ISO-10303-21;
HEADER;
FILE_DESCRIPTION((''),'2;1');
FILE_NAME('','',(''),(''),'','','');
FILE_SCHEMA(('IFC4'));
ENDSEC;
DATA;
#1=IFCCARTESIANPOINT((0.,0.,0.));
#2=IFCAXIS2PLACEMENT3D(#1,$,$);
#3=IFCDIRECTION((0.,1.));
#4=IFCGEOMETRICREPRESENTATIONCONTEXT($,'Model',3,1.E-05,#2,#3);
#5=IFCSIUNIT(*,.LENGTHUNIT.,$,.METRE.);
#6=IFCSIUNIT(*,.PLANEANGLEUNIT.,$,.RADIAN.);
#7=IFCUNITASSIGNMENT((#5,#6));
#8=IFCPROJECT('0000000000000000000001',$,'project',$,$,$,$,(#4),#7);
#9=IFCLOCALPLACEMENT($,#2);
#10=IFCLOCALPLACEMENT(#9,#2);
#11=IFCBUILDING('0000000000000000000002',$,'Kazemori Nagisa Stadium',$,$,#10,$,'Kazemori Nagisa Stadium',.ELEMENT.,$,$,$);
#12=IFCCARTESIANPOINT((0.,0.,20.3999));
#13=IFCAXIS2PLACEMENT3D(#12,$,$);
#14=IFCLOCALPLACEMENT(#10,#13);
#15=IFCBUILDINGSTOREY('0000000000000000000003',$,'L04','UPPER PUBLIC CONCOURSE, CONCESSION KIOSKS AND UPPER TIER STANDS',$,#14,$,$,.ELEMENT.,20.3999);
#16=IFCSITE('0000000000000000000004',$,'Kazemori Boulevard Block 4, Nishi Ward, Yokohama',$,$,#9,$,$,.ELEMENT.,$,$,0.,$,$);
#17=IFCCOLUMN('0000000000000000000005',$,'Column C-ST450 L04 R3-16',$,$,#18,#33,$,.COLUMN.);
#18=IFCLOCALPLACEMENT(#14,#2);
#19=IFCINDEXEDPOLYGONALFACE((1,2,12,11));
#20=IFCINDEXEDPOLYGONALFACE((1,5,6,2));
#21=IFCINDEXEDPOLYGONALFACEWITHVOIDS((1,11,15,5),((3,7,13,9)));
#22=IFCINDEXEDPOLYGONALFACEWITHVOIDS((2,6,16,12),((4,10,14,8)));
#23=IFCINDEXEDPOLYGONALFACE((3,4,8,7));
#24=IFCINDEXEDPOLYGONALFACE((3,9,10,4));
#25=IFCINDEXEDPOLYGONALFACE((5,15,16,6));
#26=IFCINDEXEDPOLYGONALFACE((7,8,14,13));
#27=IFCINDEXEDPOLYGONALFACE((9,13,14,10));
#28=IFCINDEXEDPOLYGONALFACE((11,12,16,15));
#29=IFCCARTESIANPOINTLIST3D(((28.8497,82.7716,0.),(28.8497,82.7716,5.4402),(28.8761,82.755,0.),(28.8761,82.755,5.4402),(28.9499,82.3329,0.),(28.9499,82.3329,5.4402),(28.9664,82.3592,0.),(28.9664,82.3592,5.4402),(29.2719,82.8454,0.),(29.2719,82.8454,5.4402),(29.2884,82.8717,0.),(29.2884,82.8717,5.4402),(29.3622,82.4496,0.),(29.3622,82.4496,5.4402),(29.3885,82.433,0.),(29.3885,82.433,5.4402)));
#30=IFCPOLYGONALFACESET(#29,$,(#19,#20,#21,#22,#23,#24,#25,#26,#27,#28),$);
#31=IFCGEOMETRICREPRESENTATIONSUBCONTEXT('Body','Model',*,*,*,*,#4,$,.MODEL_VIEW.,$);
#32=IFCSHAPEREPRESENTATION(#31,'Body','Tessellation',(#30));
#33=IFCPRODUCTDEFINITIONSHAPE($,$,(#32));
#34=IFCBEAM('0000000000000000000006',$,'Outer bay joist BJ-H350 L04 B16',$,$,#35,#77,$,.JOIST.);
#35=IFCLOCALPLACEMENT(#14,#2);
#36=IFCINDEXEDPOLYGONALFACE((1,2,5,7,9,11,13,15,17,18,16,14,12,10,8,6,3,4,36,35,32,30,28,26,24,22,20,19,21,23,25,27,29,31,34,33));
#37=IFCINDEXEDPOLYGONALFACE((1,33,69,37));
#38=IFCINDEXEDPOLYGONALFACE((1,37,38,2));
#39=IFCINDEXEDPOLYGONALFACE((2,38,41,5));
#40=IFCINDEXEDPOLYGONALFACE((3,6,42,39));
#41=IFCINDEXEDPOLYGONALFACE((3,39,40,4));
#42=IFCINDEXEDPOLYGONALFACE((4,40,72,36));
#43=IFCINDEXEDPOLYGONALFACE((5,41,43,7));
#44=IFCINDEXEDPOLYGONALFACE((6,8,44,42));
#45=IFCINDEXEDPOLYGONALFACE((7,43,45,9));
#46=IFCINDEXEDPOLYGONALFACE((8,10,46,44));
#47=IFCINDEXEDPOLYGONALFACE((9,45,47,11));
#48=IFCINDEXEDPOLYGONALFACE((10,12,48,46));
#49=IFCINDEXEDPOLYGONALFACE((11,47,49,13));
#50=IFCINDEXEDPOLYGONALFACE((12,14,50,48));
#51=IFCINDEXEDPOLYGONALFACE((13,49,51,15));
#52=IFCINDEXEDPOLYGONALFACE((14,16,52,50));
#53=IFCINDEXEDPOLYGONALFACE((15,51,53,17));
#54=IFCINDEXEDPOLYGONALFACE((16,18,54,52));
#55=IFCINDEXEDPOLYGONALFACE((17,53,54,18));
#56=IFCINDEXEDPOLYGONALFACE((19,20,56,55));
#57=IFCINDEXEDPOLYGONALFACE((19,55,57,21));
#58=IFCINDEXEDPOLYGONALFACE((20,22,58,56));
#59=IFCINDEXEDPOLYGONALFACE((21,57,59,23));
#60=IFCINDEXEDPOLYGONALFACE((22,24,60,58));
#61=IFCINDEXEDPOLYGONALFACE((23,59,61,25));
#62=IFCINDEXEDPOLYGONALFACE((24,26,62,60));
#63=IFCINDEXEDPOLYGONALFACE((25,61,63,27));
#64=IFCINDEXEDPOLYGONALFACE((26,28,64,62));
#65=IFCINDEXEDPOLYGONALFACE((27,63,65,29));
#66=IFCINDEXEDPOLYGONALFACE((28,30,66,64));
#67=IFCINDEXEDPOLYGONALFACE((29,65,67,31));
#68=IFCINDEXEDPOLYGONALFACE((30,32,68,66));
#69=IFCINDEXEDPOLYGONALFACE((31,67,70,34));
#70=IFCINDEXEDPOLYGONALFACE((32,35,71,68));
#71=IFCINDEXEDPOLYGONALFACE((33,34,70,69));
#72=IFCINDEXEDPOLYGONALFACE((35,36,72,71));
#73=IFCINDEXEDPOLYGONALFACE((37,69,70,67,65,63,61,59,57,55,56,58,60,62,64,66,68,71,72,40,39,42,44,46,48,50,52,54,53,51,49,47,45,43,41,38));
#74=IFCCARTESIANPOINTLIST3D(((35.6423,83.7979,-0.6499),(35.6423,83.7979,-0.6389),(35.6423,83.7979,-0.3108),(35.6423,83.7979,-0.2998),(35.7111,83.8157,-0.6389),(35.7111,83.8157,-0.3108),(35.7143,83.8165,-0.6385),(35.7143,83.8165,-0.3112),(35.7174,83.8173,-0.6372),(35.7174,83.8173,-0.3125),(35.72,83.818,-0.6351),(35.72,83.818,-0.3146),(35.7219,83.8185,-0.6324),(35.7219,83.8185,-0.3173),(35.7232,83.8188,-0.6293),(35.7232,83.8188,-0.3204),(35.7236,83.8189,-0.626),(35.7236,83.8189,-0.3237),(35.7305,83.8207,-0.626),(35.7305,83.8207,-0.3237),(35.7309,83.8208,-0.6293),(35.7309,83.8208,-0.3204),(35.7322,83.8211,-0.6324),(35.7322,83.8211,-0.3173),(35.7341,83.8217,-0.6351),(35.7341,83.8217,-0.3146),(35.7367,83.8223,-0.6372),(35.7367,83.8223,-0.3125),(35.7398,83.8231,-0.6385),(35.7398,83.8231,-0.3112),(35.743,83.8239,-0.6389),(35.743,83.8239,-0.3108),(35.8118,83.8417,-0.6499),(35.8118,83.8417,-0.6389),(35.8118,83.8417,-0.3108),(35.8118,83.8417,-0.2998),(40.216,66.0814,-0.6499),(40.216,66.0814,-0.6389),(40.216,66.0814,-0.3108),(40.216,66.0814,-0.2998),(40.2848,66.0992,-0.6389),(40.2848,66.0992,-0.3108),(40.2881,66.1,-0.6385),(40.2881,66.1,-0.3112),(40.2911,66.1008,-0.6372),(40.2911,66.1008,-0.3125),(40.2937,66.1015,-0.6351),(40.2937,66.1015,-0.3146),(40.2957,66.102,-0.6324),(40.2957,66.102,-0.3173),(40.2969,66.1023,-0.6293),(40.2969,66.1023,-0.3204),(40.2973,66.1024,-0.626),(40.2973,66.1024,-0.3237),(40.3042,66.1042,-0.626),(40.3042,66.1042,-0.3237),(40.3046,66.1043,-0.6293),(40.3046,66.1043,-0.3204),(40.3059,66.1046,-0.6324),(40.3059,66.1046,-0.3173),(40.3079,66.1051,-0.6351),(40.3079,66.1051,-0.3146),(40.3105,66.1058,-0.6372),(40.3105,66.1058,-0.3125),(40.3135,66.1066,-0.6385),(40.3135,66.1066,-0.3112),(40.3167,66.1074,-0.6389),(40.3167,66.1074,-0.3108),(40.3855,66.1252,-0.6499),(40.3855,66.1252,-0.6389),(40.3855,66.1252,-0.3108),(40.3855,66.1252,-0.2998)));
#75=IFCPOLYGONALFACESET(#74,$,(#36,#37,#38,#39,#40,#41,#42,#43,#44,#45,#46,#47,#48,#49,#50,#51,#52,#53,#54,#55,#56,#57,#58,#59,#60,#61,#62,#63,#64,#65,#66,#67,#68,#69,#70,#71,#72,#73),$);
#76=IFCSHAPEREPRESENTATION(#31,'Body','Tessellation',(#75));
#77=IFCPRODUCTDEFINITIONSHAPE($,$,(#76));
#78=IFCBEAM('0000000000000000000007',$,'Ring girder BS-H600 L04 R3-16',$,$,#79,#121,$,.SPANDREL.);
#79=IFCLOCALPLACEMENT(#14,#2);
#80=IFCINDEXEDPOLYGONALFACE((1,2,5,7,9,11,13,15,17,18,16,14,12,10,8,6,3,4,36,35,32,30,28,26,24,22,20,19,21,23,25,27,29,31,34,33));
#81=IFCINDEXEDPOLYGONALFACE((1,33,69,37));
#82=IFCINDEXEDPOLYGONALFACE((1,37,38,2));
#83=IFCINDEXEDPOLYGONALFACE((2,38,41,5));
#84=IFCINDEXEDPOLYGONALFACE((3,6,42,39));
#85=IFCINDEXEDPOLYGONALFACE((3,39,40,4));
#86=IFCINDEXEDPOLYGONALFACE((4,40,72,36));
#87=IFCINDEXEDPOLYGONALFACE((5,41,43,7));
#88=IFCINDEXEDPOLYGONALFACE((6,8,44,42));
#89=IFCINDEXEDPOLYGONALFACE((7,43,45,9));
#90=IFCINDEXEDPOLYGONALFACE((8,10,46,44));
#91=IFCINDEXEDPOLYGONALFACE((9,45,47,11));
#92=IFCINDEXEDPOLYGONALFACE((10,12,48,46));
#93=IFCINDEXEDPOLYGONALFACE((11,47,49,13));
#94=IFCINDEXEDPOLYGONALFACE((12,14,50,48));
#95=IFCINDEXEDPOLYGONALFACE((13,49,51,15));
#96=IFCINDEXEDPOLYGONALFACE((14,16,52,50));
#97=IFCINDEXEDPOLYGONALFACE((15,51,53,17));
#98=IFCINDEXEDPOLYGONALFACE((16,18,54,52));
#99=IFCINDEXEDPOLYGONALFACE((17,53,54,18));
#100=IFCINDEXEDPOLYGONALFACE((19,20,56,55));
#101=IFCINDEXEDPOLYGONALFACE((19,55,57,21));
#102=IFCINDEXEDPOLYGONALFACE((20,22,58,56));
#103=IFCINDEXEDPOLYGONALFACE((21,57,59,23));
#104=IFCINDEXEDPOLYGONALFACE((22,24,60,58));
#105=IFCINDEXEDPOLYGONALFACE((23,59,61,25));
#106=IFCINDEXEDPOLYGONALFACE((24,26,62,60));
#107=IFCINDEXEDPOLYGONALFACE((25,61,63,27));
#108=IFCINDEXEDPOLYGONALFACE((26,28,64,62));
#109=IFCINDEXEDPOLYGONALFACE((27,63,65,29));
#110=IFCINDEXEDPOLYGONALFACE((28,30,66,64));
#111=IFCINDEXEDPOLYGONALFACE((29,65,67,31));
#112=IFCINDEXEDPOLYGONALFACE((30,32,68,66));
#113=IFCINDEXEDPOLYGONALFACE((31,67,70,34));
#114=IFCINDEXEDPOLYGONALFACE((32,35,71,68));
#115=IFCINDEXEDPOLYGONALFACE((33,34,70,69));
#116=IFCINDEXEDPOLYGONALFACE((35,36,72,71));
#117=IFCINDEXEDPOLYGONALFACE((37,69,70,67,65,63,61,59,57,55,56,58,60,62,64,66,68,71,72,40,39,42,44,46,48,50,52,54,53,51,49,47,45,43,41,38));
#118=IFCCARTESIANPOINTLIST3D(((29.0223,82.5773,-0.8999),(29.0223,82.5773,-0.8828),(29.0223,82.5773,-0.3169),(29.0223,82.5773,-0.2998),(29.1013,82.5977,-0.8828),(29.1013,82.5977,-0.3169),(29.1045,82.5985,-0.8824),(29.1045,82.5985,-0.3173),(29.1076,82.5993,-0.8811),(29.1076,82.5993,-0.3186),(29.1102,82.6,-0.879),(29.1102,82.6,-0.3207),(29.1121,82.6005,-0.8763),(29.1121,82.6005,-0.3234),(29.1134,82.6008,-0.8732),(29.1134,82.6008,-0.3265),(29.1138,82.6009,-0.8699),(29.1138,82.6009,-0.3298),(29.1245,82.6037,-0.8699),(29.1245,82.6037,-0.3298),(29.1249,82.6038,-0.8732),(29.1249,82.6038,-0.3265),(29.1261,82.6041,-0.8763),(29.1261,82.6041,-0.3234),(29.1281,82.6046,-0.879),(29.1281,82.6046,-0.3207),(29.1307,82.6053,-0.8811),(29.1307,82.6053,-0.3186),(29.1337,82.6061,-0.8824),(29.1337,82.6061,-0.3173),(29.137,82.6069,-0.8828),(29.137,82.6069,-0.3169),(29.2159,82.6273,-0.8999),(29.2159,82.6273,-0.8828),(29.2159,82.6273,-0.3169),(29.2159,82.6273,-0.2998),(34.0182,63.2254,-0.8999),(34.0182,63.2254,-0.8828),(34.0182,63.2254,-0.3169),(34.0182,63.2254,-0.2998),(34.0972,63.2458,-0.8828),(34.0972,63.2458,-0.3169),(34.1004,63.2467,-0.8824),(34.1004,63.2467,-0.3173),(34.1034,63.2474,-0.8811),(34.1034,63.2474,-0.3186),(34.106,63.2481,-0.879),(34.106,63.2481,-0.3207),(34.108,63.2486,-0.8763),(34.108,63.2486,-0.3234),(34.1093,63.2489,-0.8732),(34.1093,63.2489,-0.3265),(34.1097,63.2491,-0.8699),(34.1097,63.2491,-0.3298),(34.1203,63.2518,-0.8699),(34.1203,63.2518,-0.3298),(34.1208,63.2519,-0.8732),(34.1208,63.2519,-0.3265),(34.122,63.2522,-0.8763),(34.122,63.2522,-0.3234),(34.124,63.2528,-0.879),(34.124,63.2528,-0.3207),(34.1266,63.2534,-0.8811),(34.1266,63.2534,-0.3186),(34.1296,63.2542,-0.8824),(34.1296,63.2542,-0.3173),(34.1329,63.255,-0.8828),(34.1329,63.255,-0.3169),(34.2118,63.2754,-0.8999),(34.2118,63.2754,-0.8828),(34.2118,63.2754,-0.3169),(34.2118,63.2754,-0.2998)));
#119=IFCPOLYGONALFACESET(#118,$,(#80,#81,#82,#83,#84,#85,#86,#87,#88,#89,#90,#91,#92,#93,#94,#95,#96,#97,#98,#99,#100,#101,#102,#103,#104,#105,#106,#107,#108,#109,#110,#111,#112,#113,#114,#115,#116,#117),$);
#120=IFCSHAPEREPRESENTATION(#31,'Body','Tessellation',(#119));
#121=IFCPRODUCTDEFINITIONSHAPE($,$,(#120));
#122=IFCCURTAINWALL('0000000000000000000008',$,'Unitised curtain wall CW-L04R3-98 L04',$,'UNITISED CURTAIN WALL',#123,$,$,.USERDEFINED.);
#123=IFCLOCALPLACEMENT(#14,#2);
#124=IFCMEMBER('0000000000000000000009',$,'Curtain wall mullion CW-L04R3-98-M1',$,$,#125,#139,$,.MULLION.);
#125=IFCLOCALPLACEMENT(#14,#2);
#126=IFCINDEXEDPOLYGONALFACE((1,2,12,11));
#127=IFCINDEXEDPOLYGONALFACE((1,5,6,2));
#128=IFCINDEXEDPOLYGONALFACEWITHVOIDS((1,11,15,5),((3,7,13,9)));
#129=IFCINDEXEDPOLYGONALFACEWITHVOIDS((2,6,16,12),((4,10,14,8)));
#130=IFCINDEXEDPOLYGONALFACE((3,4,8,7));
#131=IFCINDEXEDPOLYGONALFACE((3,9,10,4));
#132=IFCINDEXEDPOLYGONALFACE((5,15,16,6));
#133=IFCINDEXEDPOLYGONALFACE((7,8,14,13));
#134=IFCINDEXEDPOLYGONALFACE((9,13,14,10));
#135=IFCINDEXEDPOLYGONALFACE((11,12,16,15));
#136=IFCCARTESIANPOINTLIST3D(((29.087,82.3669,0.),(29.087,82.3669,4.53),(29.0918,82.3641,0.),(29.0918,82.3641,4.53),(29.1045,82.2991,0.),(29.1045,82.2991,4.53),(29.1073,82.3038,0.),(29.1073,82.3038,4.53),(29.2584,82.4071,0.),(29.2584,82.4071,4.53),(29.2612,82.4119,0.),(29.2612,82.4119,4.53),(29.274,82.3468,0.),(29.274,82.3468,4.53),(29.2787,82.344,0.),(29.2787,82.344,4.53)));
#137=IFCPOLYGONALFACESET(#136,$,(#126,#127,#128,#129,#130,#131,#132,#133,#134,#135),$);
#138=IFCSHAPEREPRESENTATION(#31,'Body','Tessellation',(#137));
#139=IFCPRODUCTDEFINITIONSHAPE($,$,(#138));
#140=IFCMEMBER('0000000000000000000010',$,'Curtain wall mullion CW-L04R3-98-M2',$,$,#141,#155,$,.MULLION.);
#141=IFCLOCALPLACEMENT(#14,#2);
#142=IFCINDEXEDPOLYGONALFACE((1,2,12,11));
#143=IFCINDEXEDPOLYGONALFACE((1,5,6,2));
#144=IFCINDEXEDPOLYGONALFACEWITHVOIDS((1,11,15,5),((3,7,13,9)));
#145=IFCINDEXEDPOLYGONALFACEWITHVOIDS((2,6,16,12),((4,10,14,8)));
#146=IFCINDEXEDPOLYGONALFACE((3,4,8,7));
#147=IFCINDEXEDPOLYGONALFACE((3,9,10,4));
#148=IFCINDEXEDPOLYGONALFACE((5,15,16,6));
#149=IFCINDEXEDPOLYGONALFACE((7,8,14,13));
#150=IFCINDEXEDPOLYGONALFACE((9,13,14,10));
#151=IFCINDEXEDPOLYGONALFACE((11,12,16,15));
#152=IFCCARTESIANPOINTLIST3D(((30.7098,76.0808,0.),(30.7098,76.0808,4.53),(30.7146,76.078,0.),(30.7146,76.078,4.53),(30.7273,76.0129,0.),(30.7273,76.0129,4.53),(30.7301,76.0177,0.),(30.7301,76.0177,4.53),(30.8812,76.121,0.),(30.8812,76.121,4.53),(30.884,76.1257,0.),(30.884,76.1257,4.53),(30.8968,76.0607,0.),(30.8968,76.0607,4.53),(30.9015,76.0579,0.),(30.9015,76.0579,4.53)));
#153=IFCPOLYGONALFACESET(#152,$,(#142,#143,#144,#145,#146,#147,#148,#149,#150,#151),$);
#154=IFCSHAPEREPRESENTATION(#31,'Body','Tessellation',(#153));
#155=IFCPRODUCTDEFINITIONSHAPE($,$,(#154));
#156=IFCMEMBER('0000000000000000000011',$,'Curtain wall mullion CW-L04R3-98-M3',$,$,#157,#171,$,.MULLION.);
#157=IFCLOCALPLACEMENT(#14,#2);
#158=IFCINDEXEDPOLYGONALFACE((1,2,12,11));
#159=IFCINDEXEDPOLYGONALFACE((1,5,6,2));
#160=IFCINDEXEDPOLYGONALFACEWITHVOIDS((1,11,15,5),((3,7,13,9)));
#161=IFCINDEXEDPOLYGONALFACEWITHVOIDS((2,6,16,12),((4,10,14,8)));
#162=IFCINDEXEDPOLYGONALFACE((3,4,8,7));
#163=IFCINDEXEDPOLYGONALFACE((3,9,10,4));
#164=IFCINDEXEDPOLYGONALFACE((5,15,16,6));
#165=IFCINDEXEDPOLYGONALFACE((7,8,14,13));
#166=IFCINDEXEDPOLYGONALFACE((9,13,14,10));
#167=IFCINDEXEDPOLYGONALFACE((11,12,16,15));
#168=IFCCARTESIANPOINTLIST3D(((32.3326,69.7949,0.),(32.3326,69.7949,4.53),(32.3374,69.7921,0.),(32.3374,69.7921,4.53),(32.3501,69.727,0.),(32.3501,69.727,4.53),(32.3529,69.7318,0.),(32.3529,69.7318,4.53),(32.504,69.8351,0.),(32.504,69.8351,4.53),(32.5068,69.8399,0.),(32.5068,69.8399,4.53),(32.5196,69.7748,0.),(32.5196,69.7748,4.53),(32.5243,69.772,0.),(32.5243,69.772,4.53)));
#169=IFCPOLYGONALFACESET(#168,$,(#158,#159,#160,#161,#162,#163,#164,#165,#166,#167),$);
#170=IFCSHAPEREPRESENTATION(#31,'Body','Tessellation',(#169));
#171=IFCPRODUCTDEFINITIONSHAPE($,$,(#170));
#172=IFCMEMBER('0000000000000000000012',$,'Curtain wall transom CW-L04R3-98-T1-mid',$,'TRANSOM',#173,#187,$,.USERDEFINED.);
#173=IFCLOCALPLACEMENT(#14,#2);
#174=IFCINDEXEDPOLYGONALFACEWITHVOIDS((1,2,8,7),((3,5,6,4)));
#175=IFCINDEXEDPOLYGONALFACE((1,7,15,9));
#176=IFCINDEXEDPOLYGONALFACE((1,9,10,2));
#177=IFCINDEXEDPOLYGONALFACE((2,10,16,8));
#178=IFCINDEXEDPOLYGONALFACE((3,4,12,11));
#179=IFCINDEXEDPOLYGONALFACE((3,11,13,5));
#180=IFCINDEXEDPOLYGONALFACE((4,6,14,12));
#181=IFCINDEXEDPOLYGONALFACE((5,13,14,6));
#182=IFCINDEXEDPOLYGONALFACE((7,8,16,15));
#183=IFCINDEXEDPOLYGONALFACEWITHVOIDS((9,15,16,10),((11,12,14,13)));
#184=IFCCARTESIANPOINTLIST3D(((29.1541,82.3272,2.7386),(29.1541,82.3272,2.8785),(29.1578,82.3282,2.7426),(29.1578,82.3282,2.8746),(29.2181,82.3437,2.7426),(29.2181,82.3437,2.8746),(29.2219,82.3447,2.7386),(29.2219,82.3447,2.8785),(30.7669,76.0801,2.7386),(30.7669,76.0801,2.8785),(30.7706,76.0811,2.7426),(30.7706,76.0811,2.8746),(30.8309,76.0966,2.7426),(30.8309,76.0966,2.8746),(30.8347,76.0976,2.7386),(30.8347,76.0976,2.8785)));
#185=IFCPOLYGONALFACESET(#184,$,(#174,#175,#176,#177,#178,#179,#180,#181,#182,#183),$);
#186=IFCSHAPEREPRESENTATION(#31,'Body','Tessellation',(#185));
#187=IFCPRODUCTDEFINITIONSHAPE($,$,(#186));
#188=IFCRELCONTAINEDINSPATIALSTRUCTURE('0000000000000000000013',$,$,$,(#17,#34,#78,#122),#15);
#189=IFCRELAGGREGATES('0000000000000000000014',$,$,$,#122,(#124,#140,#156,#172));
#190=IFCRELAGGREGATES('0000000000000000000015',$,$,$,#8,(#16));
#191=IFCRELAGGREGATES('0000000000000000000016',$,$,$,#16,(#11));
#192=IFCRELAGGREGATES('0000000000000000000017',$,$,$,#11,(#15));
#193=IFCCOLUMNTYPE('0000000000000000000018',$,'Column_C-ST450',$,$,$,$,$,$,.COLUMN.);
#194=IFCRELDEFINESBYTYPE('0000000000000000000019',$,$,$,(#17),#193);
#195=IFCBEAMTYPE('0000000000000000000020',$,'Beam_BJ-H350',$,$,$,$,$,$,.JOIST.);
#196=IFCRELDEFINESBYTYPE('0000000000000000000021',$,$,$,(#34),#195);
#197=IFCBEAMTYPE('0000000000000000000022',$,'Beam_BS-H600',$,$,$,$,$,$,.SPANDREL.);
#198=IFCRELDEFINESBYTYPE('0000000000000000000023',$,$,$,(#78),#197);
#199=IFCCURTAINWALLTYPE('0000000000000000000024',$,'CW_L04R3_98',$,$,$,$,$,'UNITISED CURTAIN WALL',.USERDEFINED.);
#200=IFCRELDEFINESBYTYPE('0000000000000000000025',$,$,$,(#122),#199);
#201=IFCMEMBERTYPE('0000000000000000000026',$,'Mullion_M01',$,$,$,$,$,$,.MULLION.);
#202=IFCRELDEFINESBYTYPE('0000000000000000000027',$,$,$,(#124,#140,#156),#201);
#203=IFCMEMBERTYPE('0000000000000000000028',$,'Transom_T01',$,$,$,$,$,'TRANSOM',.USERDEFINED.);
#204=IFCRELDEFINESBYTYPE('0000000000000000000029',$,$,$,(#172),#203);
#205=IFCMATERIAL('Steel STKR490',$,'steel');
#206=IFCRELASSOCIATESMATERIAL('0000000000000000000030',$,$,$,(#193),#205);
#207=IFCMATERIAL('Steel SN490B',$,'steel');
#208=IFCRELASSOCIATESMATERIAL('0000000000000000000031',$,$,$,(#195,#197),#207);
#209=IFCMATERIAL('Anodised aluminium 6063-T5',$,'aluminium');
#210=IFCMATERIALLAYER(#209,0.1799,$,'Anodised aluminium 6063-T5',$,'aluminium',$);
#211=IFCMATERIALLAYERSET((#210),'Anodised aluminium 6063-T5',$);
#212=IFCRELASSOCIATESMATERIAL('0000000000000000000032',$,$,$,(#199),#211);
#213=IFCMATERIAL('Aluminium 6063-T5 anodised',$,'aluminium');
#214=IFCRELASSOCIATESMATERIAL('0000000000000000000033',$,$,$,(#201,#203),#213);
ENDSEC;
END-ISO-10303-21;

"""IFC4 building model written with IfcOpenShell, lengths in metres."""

from ifc_helpers import new_model, si_unit, direction, frame, origin, origin_2d, place, context, subcontext, project, spatial, hollow_rectangle, i_section, extrude, material, layer, layer_set, material_profile, profile_set, type_object, element, aggregate, save


model = new_model("IFC4")

# Units and contexts
model_context = context("Model", 3, precision=1e-05, world=origin(), true_north=direction((0.0, 1.0)))
body_context = subcontext(model_context, "Body", "Model", "MODEL_VIEW")
ifc_project = project(units=[si_unit("LENGTHUNIT", "METRE"), si_unit("PLANEANGLEUNIT", "RADIAN")], contexts=[model_context])

# Site, building, storey
site_placement = place(None, origin())
site = spatial("IfcSite", under=ifc_project, at=site_placement, Name="Kazemori Boulevard Block 4, Nishi Ward, Yokohama", CompositionType="ELEMENT", RefElevation=0.0)
building_placement = place(site_placement, origin())
building = spatial("IfcBuilding", under=site, at=building_placement, Name="Kazemori Nagisa Stadium", LongName="Kazemori Nagisa Stadium", CompositionType="ELEMENT")
storey_placement = place(building_placement, frame((0.0, 0.0, 20.3999)))
storey = spatial("IfcBuildingStorey", under=building, at=storey_placement, Name="L04", Description="UPPER PUBLIC CONCOURSE, CONCESSION KIOSKS AND UPPER TIER STANDS", CompositionType="ELEMENT", Elevation=20.3999)

# Column
ifc_material_1 = material(Name="Steel STKR490", Category="steel")
ifc_material_profile_1 = material_profile(ifc_material_1, hollow_rectangle(XDim=0.45, YDim=0.45, WallThickness=0.022, at=origin_2d()), Name="SHS-450x450x22")
ifc_profile_set_1 = profile_set([ifc_material_profile_1], Name="Steel STKR490")
column_type = type_object("IfcColumnType", Name="Column_C-ST450", PredefinedType="COLUMN", material=ifc_profile_set_1)
column_placement = place(storey_placement, frame((29.1191, 82.6023, 0.0), z_axis=(0.0, 0.0, 1.0), x_axis=(-0.974928, -0.222521, 0.0)))
element("IfcColumn", 1, at=column_placement, inside=storey, type_object=column_type, Name="Column C-ST450 L04 R3-16", PredefinedType="COLUMN", context=body_context, shape_type="SweptSolid", body=[
    extrude(hollow_rectangle(XDim=0.45, YDim=0.45, WallThickness=0.022, at=origin_2d()), origin(), (0.0, 0.0, 1.0), 5.4402),
])

# Beams
ifc_material_2 = material(Name="Steel SN490B", Category="steel")
ifc_material_profile_2 = material_profile(ifc_material_2, i_section(OverallWidth=0.175, OverallDepth=0.3501, WebThickness=0.0071, FlangeThickness=0.011, FilletRadius=0.0129, at=origin_2d()), Name="H-350x175x7x11")
ifc_profile_set_2 = profile_set([ifc_material_profile_2], Name="Steel SN490B")
beam_type_1 = type_object("IfcBeamType", Name="Beam_BJ-H350", PredefinedType="JOIST", material=ifc_profile_set_2)
beam_1_placement = place(storey_placement, frame((35.7271, 83.8198, -0.4749), z_axis=(0.249966, -0.968255, 0.0), x_axis=(0.968255, 0.249966, 0.0)))
element("IfcBeam", 2, at=beam_1_placement, inside=storey, type_object=beam_type_1, Name="Outer bay joist BJ-H350 L04 B16", PredefinedType="JOIST", context=body_context, shape_type="SweptSolid", body=[
    extrude(i_section(OverallWidth=0.175, OverallDepth=0.3501, WebThickness=0.0071, FlangeThickness=0.011, FilletRadius=0.0129, at=origin_2d()), origin(), (0.0, 0.0, 1.0), 18.2974),
])
ifc_material_profile_3 = material_profile(ifc_material_2, i_section(OverallWidth=0.2, OverallDepth=0.6001, WebThickness=0.011, FlangeThickness=0.0171, FilletRadius=0.0129, at=origin_2d()), Name="H-600x200x11x17")
ifc_profile_set_3 = profile_set([ifc_material_profile_3], Name="Steel SN490B")
beam_type_2 = type_object("IfcBeamType", Name="Beam_BS-H600", PredefinedType="SPANDREL", material=ifc_profile_set_3)
beam_2_placement = place(storey_placement, frame((29.1191, 82.6023, -0.5999), z_axis=(0.249964, -0.968255, 0.0), x_axis=(0.968255, 0.249964, 0.0)))
element("IfcBeam", 3, at=beam_2_placement, inside=storey, type_object=beam_type_2, Name="Ring girder BS-H600 L04 R3-16", PredefinedType="SPANDREL", context=body_context, shape_type="SweptSolid", body=[
    extrude(i_section(OverallWidth=0.2, OverallDepth=0.6001, WebThickness=0.011, FlangeThickness=0.0171, FilletRadius=0.0129, at=origin_2d()), origin(), (0.0, 0.0, 1.0), 19.9863),
])

# Curtain wall, members
ifc_material_3 = material(Name="Anodised aluminium 6063-T5", Category="aluminium")
ifc_layer_1 = layer(ifc_material_3, 0.1799, Name="Anodised aluminium 6063-T5", Category="aluminium")
ifc_layer_set_1 = layer_set([ifc_layer_1], Name="Anodised aluminium 6063-T5")
curtain_wall_type_1 = type_object("IfcCurtainWallType", Name="CW_L04R3_98", ElementType="UNITISED CURTAIN WALL", PredefinedType="USERDEFINED", material=ifc_layer_set_1)
curtain_wall_1_placement = place(storey_placement, origin())
curtain_wall_1 = element("IfcCurtainWall", 4, at=curtain_wall_1_placement, inside=storey, type_object=curtain_wall_type_1, Name="Unitised curtain wall CW-L04R3-98 L04", ObjectType="UNITISED CURTAIN WALL", PredefinedType="USERDEFINED")
ifc_material_4 = material(Name="Aluminium 6063-T5 anodised", Category="aluminium")
ifc_material_profile_4 = material_profile(ifc_material_4, hollow_rectangle(XDim=0.0701, YDim=0.1799, WallThickness=0.0039, at=origin_2d()), Name="ALU-MULL-70x180x4")
ifc_profile_set_4 = profile_set([ifc_material_profile_4], Name="Aluminium 6063-T5 anodised")
member_type_1 = type_object("IfcMemberType", Name="Mullion_M01", PredefinedType="MULLION", material=ifc_profile_set_4)
member_1_placement = place(storey_placement, frame((29.1829, 82.3555, 0.0), z_axis=(0.0, 0.0, 1.0), x_axis=(0.249965, -0.968255, 0.0)))
member_1 = element("IfcMember", 5, at=member_1_placement, type_object=member_type_1, Name="Curtain wall mullion CW-L04R3-98-M1", PredefinedType="MULLION", context=body_context, shape_type="SweptSolid", body=[
    extrude(hollow_rectangle(XDim=0.0701, YDim=0.1799, WallThickness=0.0039, at=origin_2d()), origin(), (0.0, 0.0, 1.0), 4.53),
])
member_2_placement = place(storey_placement, frame((30.8057, 76.0693, 0.0), z_axis=(0.0, 0.0, 1.0), x_axis=(0.249965, -0.968255, 0.0)))
member_2 = element("IfcMember", 6, at=member_2_placement, type_object=member_type_1, Name="Curtain wall mullion CW-L04R3-98-M2", PredefinedType="MULLION", context=body_context, shape_type="SweptSolid", body=[
    extrude(hollow_rectangle(XDim=0.0701, YDim=0.1799, WallThickness=0.0039, at=origin_2d()), origin(), (0.0, 0.0, 1.0), 4.53),
])
member_3_placement = place(storey_placement, frame((32.4285, 69.7834, 0.0), z_axis=(0.0, 0.0, 1.0), x_axis=(0.249965, -0.968255, 0.0)))
member_3 = element("IfcMember", 7, at=member_3_placement, type_object=member_type_1, Name="Curtain wall mullion CW-L04R3-98-M3", PredefinedType="MULLION", context=body_context, shape_type="SweptSolid", body=[
    extrude(hollow_rectangle(XDim=0.0701, YDim=0.1799, WallThickness=0.0039, at=origin_2d()), origin(), (0.0, 0.0, 1.0), 4.53),
])
ifc_material_profile_5 = material_profile(ifc_material_4, hollow_rectangle(XDim=0.0701, YDim=0.1399, WallThickness=0.0039, at=origin_2d()), Name="ALU-TRAN-70x140x4")
ifc_profile_set_5 = profile_set([ifc_material_profile_5], Name="Aluminium 6063-T5 anodised")
member_type_2 = type_object("IfcMemberType", Name="Transom_T01", ElementType="TRANSOM", PredefinedType="USERDEFINED", material=ifc_profile_set_5)
member_4_placement = place(storey_placement, frame((29.188, 82.3359, 2.8086), z_axis=(0.249972, -0.968253, 0.0), x_axis=(0.968253, 0.249972, 0.0)))
member_4 = element("IfcMember", 8, at=member_4_placement, type_object=member_type_2, Name="Curtain wall transom CW-L04R3-98-T1-mid", ObjectType="TRANSOM", PredefinedType="USERDEFINED", context=body_context, shape_type="SweptSolid", body=[
    extrude(hollow_rectangle(XDim=0.0701, YDim=0.1399, WallThickness=0.0039, at=origin_2d()), origin(), (0.0, 0.0, 1.0), 6.4519),
])

aggregate(curtain_wall_1, [member_1, member_2, member_3, member_4])

save(model, "model.ifc")
